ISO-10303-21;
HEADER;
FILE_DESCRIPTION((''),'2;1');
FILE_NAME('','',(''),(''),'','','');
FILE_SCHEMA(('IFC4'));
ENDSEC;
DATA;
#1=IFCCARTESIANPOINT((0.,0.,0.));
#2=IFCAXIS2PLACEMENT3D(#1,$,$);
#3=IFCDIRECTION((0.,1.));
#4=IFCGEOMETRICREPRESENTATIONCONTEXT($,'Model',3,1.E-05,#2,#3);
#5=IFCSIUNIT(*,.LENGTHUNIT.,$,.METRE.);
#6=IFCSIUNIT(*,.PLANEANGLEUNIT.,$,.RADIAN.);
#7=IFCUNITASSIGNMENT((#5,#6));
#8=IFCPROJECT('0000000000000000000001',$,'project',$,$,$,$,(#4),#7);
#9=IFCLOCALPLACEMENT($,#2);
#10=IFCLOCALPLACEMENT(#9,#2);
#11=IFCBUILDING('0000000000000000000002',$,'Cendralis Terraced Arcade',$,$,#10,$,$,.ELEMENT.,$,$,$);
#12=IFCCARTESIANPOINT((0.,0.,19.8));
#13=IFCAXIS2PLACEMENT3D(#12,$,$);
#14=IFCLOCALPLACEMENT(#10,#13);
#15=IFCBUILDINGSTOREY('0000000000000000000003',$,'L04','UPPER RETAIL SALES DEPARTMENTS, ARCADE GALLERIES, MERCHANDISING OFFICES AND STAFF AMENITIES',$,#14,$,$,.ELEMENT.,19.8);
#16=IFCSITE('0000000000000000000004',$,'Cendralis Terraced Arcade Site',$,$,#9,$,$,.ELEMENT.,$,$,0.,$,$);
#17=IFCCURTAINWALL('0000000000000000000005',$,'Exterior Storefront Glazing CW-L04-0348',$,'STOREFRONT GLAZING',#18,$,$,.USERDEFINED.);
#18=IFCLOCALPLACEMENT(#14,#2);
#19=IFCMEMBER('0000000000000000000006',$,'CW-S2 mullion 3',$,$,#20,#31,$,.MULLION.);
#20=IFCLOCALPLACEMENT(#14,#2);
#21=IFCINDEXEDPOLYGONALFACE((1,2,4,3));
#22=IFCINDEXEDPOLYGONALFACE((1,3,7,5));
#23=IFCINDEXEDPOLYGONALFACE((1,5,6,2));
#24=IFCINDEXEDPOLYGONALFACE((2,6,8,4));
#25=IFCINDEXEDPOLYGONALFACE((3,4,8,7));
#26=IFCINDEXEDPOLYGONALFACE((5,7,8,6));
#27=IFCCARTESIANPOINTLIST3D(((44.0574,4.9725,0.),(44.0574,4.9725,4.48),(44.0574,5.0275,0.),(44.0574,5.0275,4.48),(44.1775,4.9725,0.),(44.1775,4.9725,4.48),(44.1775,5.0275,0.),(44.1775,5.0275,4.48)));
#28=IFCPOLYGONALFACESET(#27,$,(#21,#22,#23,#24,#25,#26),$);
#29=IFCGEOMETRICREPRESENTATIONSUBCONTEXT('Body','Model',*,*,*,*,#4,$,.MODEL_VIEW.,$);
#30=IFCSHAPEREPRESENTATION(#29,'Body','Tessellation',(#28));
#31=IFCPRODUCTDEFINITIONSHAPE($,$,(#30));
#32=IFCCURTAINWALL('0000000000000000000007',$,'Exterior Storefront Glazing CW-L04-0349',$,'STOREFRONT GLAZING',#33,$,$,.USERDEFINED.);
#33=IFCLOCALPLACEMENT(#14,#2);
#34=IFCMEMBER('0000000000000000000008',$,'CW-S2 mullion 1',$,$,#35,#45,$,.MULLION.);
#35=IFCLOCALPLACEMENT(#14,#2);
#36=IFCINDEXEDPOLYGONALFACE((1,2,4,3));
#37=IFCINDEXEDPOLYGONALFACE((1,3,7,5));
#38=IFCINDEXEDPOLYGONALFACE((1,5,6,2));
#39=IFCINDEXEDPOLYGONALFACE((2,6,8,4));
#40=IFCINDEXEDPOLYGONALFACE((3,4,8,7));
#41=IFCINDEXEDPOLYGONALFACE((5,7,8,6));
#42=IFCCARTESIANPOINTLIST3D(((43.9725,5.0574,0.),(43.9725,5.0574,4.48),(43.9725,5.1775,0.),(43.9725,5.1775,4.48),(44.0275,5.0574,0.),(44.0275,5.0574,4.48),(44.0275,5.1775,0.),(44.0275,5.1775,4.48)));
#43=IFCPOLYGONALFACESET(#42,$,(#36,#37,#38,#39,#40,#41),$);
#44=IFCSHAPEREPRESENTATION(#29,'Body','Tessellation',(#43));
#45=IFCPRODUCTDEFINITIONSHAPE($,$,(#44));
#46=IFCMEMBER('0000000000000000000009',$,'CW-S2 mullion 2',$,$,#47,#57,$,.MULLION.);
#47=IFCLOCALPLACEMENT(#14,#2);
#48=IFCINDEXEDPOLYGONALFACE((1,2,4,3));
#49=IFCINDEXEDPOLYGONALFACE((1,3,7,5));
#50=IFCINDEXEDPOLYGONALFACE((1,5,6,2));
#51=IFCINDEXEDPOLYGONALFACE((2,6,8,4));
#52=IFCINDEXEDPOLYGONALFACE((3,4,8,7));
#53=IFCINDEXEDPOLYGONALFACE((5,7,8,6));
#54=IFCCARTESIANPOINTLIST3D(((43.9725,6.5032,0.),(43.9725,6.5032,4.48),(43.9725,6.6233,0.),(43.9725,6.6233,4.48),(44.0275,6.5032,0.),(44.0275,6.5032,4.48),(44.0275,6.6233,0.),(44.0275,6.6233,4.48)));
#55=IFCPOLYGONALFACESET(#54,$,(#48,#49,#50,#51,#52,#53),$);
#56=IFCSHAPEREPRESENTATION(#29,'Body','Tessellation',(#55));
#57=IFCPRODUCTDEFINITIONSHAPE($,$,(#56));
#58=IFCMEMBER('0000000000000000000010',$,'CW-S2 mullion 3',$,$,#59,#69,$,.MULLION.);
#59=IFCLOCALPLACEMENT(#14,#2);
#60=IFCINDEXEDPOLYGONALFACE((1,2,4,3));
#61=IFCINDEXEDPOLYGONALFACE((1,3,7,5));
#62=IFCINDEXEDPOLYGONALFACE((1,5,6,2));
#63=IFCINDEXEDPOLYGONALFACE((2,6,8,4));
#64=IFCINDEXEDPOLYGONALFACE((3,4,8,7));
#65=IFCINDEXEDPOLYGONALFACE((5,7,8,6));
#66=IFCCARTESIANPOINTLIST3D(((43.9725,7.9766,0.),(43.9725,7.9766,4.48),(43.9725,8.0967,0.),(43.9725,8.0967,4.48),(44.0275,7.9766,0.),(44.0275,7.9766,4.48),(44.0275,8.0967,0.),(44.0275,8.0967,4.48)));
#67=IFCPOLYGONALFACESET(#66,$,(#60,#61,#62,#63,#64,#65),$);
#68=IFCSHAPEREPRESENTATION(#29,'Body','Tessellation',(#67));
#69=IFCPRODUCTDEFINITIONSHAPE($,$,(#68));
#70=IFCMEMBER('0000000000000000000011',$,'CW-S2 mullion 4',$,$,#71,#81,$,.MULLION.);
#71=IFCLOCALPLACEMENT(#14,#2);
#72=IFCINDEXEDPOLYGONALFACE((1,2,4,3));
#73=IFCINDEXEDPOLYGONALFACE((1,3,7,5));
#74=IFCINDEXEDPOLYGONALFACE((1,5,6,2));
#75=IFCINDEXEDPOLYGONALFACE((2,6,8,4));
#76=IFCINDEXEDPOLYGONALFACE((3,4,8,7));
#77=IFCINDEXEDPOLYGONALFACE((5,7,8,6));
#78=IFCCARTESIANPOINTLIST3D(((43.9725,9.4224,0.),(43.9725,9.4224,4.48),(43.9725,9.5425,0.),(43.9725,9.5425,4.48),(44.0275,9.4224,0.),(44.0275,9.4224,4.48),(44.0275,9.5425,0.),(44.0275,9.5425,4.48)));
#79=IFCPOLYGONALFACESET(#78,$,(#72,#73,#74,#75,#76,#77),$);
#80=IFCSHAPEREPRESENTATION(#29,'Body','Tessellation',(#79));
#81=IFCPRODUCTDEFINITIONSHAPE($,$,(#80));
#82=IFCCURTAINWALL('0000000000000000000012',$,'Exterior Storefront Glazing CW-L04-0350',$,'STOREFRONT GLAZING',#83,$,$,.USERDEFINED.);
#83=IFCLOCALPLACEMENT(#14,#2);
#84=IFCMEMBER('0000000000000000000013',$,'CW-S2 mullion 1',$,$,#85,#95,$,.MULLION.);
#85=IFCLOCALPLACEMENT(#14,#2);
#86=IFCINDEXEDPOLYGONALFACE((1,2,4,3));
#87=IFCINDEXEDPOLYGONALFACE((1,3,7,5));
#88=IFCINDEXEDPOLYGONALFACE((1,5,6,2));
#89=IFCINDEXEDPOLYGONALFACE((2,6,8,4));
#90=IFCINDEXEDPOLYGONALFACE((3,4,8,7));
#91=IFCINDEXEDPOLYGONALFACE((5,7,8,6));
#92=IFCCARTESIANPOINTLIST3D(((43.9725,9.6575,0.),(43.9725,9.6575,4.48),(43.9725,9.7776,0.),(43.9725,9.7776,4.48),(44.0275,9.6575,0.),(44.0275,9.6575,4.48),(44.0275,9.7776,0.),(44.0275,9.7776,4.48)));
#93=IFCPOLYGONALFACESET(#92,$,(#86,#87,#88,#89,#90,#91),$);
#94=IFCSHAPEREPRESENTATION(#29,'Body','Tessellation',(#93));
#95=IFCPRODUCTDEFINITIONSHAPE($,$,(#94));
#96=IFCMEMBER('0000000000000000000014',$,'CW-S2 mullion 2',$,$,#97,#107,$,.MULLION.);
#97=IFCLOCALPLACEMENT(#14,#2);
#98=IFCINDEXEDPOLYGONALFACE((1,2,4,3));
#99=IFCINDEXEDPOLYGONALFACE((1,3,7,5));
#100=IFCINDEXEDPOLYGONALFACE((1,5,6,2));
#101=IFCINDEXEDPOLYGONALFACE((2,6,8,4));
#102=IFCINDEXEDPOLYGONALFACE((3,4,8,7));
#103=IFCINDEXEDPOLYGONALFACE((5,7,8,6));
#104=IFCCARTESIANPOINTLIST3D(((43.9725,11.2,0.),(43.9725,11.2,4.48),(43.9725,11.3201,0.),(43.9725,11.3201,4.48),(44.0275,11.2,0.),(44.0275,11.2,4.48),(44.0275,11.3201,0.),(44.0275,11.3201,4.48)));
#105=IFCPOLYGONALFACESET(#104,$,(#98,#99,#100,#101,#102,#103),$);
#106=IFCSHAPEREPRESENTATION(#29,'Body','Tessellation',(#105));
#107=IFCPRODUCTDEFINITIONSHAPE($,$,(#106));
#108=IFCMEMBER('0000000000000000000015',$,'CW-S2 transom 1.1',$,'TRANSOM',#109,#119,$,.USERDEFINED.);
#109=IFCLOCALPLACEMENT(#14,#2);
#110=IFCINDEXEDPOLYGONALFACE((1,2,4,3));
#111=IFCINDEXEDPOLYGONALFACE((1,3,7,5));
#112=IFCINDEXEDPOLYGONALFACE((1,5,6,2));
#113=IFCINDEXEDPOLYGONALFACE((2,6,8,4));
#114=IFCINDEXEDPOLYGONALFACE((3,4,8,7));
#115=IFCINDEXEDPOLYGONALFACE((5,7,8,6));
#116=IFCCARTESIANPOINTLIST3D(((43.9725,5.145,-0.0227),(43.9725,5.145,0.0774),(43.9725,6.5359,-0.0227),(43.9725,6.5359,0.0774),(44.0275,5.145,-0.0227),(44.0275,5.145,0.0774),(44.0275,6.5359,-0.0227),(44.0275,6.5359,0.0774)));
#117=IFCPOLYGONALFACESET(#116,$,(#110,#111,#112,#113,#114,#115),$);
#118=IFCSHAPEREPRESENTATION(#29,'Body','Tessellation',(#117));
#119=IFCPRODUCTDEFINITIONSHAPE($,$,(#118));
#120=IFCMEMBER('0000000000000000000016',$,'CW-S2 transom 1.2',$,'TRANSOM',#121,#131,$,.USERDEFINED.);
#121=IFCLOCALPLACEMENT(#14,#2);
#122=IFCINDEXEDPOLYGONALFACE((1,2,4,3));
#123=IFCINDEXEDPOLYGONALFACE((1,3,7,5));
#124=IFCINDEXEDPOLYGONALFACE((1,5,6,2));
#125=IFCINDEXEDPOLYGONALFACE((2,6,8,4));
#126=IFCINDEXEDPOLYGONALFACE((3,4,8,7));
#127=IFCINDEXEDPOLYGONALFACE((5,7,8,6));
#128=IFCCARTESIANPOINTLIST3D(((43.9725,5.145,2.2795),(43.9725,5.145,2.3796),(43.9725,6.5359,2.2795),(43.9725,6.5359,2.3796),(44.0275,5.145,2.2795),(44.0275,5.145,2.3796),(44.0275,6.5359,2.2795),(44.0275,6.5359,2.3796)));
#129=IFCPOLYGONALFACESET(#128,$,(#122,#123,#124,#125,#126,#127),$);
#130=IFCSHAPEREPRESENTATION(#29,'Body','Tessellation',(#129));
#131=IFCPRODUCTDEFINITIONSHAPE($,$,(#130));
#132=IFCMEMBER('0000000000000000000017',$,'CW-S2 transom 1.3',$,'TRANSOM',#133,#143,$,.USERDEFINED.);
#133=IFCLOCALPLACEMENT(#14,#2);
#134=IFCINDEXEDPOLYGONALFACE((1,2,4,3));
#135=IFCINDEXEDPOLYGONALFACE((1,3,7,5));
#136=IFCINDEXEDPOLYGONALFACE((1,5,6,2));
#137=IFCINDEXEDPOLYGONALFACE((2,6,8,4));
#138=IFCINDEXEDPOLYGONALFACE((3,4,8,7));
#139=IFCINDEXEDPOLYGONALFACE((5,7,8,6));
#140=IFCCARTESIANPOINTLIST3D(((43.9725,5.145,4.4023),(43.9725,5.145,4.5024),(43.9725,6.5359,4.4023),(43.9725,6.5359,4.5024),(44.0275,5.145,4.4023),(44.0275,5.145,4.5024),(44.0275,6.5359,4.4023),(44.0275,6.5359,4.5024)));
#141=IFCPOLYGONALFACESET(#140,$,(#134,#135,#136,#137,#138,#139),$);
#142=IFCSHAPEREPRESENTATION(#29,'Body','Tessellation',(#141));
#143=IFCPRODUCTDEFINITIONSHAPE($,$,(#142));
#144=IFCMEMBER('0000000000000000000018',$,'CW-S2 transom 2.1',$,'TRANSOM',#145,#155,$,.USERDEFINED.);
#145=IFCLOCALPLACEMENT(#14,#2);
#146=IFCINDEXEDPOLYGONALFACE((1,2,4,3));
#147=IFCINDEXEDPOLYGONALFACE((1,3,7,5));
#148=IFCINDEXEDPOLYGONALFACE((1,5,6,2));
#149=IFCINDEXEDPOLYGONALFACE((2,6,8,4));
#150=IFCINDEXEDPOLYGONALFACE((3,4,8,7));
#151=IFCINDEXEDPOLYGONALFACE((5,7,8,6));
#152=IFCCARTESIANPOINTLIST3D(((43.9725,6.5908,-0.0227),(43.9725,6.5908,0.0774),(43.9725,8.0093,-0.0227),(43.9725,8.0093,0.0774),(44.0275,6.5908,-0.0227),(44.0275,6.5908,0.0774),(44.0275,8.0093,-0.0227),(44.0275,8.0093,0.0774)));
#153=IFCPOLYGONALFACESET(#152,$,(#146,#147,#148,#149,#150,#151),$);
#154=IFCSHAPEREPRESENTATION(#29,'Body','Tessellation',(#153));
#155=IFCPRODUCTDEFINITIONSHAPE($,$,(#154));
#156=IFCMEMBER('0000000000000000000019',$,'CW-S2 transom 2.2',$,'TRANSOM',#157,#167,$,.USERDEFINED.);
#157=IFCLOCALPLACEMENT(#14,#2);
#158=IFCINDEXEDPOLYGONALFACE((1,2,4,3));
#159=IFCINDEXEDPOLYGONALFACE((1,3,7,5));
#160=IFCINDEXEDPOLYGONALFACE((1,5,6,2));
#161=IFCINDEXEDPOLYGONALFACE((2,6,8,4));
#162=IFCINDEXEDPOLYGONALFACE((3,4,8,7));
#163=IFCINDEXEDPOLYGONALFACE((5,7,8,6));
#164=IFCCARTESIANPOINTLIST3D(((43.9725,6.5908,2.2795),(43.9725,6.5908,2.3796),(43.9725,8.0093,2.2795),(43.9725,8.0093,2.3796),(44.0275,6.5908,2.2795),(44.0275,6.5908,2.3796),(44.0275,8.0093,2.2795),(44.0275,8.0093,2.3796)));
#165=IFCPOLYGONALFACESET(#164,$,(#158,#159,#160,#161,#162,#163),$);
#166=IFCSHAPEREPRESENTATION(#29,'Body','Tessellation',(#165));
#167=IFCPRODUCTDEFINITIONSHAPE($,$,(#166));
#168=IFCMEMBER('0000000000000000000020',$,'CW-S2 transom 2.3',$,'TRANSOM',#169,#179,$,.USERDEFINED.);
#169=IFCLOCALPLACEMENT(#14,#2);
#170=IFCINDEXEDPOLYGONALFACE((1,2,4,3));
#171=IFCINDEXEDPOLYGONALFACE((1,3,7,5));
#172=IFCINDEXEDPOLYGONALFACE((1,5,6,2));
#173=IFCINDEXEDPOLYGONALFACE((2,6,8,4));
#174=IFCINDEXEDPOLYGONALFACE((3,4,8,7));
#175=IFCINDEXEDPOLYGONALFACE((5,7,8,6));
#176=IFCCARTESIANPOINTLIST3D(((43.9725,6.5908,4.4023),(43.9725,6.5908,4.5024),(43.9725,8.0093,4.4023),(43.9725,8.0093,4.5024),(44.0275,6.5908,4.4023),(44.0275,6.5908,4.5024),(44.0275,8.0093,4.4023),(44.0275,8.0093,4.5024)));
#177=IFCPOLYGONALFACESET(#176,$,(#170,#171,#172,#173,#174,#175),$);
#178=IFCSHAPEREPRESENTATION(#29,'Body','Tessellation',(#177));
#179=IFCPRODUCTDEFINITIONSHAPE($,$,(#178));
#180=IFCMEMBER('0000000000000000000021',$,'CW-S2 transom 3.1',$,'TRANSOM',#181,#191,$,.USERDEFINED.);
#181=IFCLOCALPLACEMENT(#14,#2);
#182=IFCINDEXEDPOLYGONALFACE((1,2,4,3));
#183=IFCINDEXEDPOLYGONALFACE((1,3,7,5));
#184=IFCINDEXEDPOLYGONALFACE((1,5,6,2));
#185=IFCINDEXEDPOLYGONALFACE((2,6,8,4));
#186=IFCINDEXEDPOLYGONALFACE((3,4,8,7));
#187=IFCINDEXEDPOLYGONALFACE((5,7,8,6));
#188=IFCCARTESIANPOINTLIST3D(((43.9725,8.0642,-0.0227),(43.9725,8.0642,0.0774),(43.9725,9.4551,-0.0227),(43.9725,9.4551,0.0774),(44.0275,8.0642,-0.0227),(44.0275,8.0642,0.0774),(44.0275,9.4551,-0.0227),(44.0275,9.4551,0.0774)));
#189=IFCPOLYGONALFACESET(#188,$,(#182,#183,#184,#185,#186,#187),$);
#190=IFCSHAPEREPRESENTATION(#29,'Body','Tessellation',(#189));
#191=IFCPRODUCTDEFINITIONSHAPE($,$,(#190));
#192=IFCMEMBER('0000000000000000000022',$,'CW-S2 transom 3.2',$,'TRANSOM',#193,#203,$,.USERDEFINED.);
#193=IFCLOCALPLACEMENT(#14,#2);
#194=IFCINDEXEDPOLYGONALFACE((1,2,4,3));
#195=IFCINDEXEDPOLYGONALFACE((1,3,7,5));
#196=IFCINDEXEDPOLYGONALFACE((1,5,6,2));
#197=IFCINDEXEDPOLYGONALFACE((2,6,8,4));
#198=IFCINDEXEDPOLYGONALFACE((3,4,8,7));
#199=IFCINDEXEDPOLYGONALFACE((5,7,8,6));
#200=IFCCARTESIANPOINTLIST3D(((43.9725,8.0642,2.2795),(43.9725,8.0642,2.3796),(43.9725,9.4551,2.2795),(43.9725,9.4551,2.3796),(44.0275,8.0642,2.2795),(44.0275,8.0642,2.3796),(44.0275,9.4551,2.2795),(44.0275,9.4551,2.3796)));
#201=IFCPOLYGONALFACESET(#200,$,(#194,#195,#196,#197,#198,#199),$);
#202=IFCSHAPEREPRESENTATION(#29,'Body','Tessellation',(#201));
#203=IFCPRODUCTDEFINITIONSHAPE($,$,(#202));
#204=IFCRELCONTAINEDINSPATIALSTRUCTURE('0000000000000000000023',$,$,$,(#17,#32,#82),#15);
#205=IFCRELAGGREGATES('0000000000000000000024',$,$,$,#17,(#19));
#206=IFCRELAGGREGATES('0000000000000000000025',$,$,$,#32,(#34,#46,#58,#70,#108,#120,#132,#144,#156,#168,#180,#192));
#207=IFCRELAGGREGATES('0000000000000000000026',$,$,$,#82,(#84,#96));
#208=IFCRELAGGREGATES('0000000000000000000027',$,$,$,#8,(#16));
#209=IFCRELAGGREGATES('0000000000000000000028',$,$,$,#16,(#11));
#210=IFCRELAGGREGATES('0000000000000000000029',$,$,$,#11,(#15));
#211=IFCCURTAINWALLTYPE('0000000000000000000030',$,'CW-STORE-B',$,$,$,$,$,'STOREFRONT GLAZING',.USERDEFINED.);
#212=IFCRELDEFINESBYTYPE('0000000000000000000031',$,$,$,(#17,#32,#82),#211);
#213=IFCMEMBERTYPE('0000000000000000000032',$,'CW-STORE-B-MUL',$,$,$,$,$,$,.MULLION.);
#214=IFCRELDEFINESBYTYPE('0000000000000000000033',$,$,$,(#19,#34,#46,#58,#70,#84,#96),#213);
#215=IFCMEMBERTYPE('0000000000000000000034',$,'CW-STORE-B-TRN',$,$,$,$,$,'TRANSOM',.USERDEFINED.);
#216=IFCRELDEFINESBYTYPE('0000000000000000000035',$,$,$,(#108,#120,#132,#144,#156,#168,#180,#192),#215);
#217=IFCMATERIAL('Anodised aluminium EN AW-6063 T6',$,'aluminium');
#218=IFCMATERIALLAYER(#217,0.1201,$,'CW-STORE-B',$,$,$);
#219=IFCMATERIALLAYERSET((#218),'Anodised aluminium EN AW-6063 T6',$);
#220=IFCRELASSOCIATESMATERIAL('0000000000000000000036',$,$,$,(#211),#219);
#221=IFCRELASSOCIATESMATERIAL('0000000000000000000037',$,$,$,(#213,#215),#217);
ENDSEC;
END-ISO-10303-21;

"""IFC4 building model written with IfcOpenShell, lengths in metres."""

from ifc_helpers import new_model, si_unit, direction, frame, origin, origin_2d, place, context, subcontext, project, spatial, rectangle, extrude, material, layer, layer_set, material_profile, profile_set, type_object, element, aggregate, save


model = new_model("IFC4")

# Units and contexts
model_context = context("Model", 3, precision=1e-05, world=origin(), true_north=direction((0.0, 1.0)))
body_context = subcontext(model_context, "Body", "Model", "MODEL_VIEW")
ifc_project = project(units=[si_unit("LENGTHUNIT", "METRE"), si_unit("PLANEANGLEUNIT", "RADIAN")], contexts=[model_context])

# Site, building, storey
site_placement = place(None, origin())
site = spatial("IfcSite", under=ifc_project, at=site_placement, Name="Cendralis Terraced Arcade Site", CompositionType="ELEMENT", RefElevation=0.0)
building_placement = place(site_placement, origin())
building = spatial("IfcBuilding", under=site, at=building_placement, Name="Cendralis Terraced Arcade", CompositionType="ELEMENT")
storey_placement = place(building_placement, frame((0.0, 0.0, 19.8)))
storey = spatial("IfcBuildingStorey", under=building, at=storey_placement, Name="L04", Description="UPPER RETAIL SALES DEPARTMENTS, ARCADE GALLERIES, MERCHANDISING OFFICES AND STAFF AMENITIES", CompositionType="ELEMENT", Elevation=19.8)

# Curtain wall, member
ifc_material_1 = material(Name="Anodised aluminium EN AW-6063 T6", Category="aluminium")
ifc_layer_1 = layer(ifc_material_1, 0.1201, Name="CW-STORE-B")
ifc_layer_set_1 = layer_set([ifc_layer_1], Name="Anodised aluminium EN AW-6063 T6")
curtain_wall_type = type_object("IfcCurtainWallType", Name="CW-STORE-B", ElementType="STOREFRONT GLAZING", PredefinedType="USERDEFINED", material=ifc_layer_set_1)
curtain_wall_1_placement = place(storey_placement, origin())
curtain_wall_1 = element("IfcCurtainWall", 1, at=curtain_wall_1_placement, inside=storey, type_object=curtain_wall_type, Name="Exterior Storefront Glazing CW-L04-0348", ObjectType="STOREFRONT GLAZING", PredefinedType="USERDEFINED")
ifc_material_profile_1 = material_profile(ifc_material_1, rectangle(XDim=0.0549, YDim=0.1201, at=origin_2d()), Name="ALU-MUL-55x120")
ifc_profile_set_1 = profile_set([ifc_material_profile_1], Name="Anodised aluminium EN AW-6063 T6")
member_type_1 = type_object("IfcMemberType", Name="CW-STORE-B-MUL", PredefinedType="MULLION", material=ifc_profile_set_1)
member_1_placement = place(storey_placement, frame((44.1174, 5.0, 0.0), z_axis=(0.0, 0.0, 1.0), x_axis=(0.0, -1.0, 0.0)))
member_1 = element("IfcMember", 2, at=member_1_placement, type_object=member_type_1, Name="CW-S2 mullion 3", PredefinedType="MULLION", context=body_context, shape_type="SweptSolid", body=[
    extrude(rectangle(XDim=0.0549, YDim=0.1201, at=origin_2d()), origin(), (0.0, 0.0, 1.0), 4.48),
])
aggregate(curtain_wall_1, [member_1])

# Curtain walls, members
curtain_wall_2_placement = place(storey_placement, origin())
curtain_wall_2 = element("IfcCurtainWall", 3, at=curtain_wall_2_placement, inside=storey, type_object=curtain_wall_type, Name="Exterior Storefront Glazing CW-L04-0349", ObjectType="STOREFRONT GLAZING", PredefinedType="USERDEFINED")
member_2_placement = place(storey_placement, frame((44.0, 5.1174, 0.0), z_axis=(0.0, 0.0, 1.0), x_axis=(-1.0, 0.0, 0.0)))
member_2 = element("IfcMember", 4, at=member_2_placement, type_object=member_type_1, Name="CW-S2 mullion 1", PredefinedType="MULLION", context=body_context, shape_type="SweptSolid", body=[
    extrude(rectangle(XDim=0.0549, YDim=0.1201, at=origin_2d()), origin(), (0.0, 0.0, 1.0), 4.48),
])
member_3_placement = place(storey_placement, frame((44.0, 6.5632, 0.0), z_axis=(0.0, 0.0, 1.0), x_axis=(-1.0, 0.0, 0.0)))
member_3 = element("IfcMember", 5, at=member_3_placement, type_object=member_type_1, Name="CW-S2 mullion 2", PredefinedType="MULLION", context=body_context, shape_type="SweptSolid", body=[
    extrude(rectangle(XDim=0.0549, YDim=0.1201, at=origin_2d()), origin(), (0.0, 0.0, 1.0), 4.48),
])
member_4_placement = place(storey_placement, frame((44.0, 8.0366, 0.0), z_axis=(0.0, 0.0, 1.0), x_axis=(-1.0, 0.0, 0.0)))
member_4 = element("IfcMember", 6, at=member_4_placement, type_object=member_type_1, Name="CW-S2 mullion 3", PredefinedType="MULLION", context=body_context, shape_type="SweptSolid", body=[
    extrude(rectangle(XDim=0.0549, YDim=0.1201, at=origin_2d()), origin(), (0.0, 0.0, 1.0), 4.48),
])
member_5_placement = place(storey_placement, frame((44.0, 9.4824, 0.0), z_axis=(0.0, 0.0, 1.0), x_axis=(-1.0, 0.0, 0.0)))
member_5 = element("IfcMember", 7, at=member_5_placement, type_object=member_type_1, Name="CW-S2 mullion 4", PredefinedType="MULLION", context=body_context, shape_type="SweptSolid", body=[
    extrude(rectangle(XDim=0.0549, YDim=0.1201, at=origin_2d()), origin(), (0.0, 0.0, 1.0), 4.48),
])
curtain_wall_3_placement = place(storey_placement, origin())
curtain_wall_3 = element("IfcCurtainWall", 8, at=curtain_wall_3_placement, inside=storey, type_object=curtain_wall_type, Name="Exterior Storefront Glazing CW-L04-0350", ObjectType="STOREFRONT GLAZING", PredefinedType="USERDEFINED")
member_6_placement = place(storey_placement, frame((44.0, 9.7175, 0.0), z_axis=(0.0, 0.0, 1.0), x_axis=(-1.0, 0.0, 0.0)))
member_6 = element("IfcMember", 9, at=member_6_placement, type_object=member_type_1, Name="CW-S2 mullion 1", PredefinedType="MULLION", context=body_context, shape_type="SweptSolid", body=[
    extrude(rectangle(XDim=0.0549, YDim=0.1201, at=origin_2d()), origin(), (0.0, 0.0, 1.0), 4.48),
])
member_7_placement = place(storey_placement, frame((44.0, 11.26, 0.0), z_axis=(0.0, 0.0, 1.0), x_axis=(-1.0, 0.0, 0.0)))
member_7 = element("IfcMember", 10, at=member_7_placement, type_object=member_type_1, Name="CW-S2 mullion 2", PredefinedType="MULLION", context=body_context, shape_type="SweptSolid", body=[
    extrude(rectangle(XDim=0.0549, YDim=0.1201, at=origin_2d()), origin(), (0.0, 0.0, 1.0), 4.48),
])

# Members
ifc_material_profile_2 = material_profile(ifc_material_1, rectangle(XDim=0.0549, YDim=0.1001, at=origin_2d()), Name="ALU-TRN-55x100")
ifc_profile_set_2 = profile_set([ifc_material_profile_2], Name="Anodised aluminium EN AW-6063 T6")
member_type_2 = type_object("IfcMemberType", Name="CW-STORE-B-TRN", ElementType="TRANSOM", PredefinedType="USERDEFINED", material=ifc_profile_set_2)
member_8_placement = place(storey_placement, frame((44.0, 5.145, 0.0273), z_axis=(0.0, 1.0, 0.0), x_axis=(-1.0, 0.0, 0.0)))
member_8 = element("IfcMember", 11, at=member_8_placement, type_object=member_type_2, Name="CW-S2 transom 1.1", ObjectType="TRANSOM", PredefinedType="USERDEFINED", context=body_context, shape_type="SweptSolid", body=[
    extrude(rectangle(XDim=0.0549, YDim=0.1001, at=origin_2d()), origin(), (0.0, 0.0, 1.0), 1.3909),
])
member_9_placement = place(storey_placement, frame((44.0, 5.145, 2.3296), z_axis=(0.0, 1.0, 0.0), x_axis=(-1.0, 0.0, 0.0)))
member_9 = element("IfcMember", 12, at=member_9_placement, type_object=member_type_2, Name="CW-S2 transom 1.2", ObjectType="TRANSOM", PredefinedType="USERDEFINED", context=body_context, shape_type="SweptSolid", body=[
    extrude(rectangle(XDim=0.0549, YDim=0.1001, at=origin_2d()), origin(), (0.0, 0.0, 1.0), 1.3909),
])
member_10_placement = place(storey_placement, frame((44.0, 5.145, 4.4524), z_axis=(0.0, 1.0, 0.0), x_axis=(-1.0, 0.0, 0.0)))
member_10 = element("IfcMember", 13, at=member_10_placement, type_object=member_type_2, Name="CW-S2 transom 1.3", ObjectType="TRANSOM", PredefinedType="USERDEFINED", context=body_context, shape_type="SweptSolid", body=[
    extrude(rectangle(XDim=0.0549, YDim=0.1001, at=origin_2d()), origin(), (0.0, 0.0, 1.0), 1.3909),
])
member_11_placement = place(storey_placement, frame((44.0, 6.5908, 0.0273), z_axis=(0.0, 1.0, 0.0), x_axis=(-1.0, 0.0, 0.0)))
member_11 = element("IfcMember", 14, at=member_11_placement, type_object=member_type_2, Name="CW-S2 transom 2.1", ObjectType="TRANSOM", PredefinedType="USERDEFINED", context=body_context, shape_type="SweptSolid", body=[
    extrude(rectangle(XDim=0.0549, YDim=0.1001, at=origin_2d()), origin(), (0.0, 0.0, 1.0), 1.4185),
])
member_12_placement = place(storey_placement, frame((44.0, 6.5908, 2.3296), z_axis=(0.0, 1.0, 0.0), x_axis=(-1.0, 0.0, 0.0)))
member_12 = element("IfcMember", 15, at=member_12_placement, type_object=member_type_2, Name="CW-S2 transom 2.2", ObjectType="TRANSOM", PredefinedType="USERDEFINED", context=body_context, shape_type="SweptSolid", body=[
    extrude(rectangle(XDim=0.0549, YDim=0.1001, at=origin_2d()), origin(), (0.0, 0.0, 1.0), 1.4185),
])
member_13_placement = place(storey_placement, frame((44.0, 6.5908, 4.4524), z_axis=(0.0, 1.0, 0.0), x_axis=(-1.0, 0.0, 0.0)))
member_13 = element("IfcMember", 16, at=member_13_placement, type_object=member_type_2, Name="CW-S2 transom 2.3", ObjectType="TRANSOM", PredefinedType="USERDEFINED", context=body_context, shape_type="SweptSolid", body=[
    extrude(rectangle(XDim=0.0549, YDim=0.1001, at=origin_2d()), origin(), (0.0, 0.0, 1.0), 1.4185),
])
member_14_placement = place(storey_placement, frame((44.0, 8.0642, 0.0273), z_axis=(0.0, 1.0, 0.0), x_axis=(-1.0, 0.0, 0.0)))
member_14 = element("IfcMember", 17, at=member_14_placement, type_object=member_type_2, Name="CW-S2 transom 3.1", ObjectType="TRANSOM", PredefinedType="USERDEFINED", context=body_context, shape_type="SweptSolid", body=[
    extrude(rectangle(XDim=0.0549, YDim=0.1001, at=origin_2d()), origin(), (0.0, 0.0, 1.0), 1.3909),
])
member_15_placement = place(storey_placement, frame((44.0, 8.0642, 2.3296), z_axis=(0.0, 1.0, 0.0), x_axis=(-1.0, 0.0, 0.0)))
member_15 = element("IfcMember", 18, at=member_15_placement, type_object=member_type_2, Name="CW-S2 transom 3.2", ObjectType="TRANSOM", PredefinedType="USERDEFINED", context=body_context, shape_type="SweptSolid", body=[
    extrude(rectangle(XDim=0.0549, YDim=0.1001, at=origin_2d()), origin(), (0.0, 0.0, 1.0), 1.3909),
])

aggregate(curtain_wall_2, [member_2, member_3, member_4, member_5, member_8, member_9, member_10, member_11, member_12, member_13, member_14, member_15])
aggregate(curtain_wall_3, [member_6, member_7])

save(model, "model.ifc")
